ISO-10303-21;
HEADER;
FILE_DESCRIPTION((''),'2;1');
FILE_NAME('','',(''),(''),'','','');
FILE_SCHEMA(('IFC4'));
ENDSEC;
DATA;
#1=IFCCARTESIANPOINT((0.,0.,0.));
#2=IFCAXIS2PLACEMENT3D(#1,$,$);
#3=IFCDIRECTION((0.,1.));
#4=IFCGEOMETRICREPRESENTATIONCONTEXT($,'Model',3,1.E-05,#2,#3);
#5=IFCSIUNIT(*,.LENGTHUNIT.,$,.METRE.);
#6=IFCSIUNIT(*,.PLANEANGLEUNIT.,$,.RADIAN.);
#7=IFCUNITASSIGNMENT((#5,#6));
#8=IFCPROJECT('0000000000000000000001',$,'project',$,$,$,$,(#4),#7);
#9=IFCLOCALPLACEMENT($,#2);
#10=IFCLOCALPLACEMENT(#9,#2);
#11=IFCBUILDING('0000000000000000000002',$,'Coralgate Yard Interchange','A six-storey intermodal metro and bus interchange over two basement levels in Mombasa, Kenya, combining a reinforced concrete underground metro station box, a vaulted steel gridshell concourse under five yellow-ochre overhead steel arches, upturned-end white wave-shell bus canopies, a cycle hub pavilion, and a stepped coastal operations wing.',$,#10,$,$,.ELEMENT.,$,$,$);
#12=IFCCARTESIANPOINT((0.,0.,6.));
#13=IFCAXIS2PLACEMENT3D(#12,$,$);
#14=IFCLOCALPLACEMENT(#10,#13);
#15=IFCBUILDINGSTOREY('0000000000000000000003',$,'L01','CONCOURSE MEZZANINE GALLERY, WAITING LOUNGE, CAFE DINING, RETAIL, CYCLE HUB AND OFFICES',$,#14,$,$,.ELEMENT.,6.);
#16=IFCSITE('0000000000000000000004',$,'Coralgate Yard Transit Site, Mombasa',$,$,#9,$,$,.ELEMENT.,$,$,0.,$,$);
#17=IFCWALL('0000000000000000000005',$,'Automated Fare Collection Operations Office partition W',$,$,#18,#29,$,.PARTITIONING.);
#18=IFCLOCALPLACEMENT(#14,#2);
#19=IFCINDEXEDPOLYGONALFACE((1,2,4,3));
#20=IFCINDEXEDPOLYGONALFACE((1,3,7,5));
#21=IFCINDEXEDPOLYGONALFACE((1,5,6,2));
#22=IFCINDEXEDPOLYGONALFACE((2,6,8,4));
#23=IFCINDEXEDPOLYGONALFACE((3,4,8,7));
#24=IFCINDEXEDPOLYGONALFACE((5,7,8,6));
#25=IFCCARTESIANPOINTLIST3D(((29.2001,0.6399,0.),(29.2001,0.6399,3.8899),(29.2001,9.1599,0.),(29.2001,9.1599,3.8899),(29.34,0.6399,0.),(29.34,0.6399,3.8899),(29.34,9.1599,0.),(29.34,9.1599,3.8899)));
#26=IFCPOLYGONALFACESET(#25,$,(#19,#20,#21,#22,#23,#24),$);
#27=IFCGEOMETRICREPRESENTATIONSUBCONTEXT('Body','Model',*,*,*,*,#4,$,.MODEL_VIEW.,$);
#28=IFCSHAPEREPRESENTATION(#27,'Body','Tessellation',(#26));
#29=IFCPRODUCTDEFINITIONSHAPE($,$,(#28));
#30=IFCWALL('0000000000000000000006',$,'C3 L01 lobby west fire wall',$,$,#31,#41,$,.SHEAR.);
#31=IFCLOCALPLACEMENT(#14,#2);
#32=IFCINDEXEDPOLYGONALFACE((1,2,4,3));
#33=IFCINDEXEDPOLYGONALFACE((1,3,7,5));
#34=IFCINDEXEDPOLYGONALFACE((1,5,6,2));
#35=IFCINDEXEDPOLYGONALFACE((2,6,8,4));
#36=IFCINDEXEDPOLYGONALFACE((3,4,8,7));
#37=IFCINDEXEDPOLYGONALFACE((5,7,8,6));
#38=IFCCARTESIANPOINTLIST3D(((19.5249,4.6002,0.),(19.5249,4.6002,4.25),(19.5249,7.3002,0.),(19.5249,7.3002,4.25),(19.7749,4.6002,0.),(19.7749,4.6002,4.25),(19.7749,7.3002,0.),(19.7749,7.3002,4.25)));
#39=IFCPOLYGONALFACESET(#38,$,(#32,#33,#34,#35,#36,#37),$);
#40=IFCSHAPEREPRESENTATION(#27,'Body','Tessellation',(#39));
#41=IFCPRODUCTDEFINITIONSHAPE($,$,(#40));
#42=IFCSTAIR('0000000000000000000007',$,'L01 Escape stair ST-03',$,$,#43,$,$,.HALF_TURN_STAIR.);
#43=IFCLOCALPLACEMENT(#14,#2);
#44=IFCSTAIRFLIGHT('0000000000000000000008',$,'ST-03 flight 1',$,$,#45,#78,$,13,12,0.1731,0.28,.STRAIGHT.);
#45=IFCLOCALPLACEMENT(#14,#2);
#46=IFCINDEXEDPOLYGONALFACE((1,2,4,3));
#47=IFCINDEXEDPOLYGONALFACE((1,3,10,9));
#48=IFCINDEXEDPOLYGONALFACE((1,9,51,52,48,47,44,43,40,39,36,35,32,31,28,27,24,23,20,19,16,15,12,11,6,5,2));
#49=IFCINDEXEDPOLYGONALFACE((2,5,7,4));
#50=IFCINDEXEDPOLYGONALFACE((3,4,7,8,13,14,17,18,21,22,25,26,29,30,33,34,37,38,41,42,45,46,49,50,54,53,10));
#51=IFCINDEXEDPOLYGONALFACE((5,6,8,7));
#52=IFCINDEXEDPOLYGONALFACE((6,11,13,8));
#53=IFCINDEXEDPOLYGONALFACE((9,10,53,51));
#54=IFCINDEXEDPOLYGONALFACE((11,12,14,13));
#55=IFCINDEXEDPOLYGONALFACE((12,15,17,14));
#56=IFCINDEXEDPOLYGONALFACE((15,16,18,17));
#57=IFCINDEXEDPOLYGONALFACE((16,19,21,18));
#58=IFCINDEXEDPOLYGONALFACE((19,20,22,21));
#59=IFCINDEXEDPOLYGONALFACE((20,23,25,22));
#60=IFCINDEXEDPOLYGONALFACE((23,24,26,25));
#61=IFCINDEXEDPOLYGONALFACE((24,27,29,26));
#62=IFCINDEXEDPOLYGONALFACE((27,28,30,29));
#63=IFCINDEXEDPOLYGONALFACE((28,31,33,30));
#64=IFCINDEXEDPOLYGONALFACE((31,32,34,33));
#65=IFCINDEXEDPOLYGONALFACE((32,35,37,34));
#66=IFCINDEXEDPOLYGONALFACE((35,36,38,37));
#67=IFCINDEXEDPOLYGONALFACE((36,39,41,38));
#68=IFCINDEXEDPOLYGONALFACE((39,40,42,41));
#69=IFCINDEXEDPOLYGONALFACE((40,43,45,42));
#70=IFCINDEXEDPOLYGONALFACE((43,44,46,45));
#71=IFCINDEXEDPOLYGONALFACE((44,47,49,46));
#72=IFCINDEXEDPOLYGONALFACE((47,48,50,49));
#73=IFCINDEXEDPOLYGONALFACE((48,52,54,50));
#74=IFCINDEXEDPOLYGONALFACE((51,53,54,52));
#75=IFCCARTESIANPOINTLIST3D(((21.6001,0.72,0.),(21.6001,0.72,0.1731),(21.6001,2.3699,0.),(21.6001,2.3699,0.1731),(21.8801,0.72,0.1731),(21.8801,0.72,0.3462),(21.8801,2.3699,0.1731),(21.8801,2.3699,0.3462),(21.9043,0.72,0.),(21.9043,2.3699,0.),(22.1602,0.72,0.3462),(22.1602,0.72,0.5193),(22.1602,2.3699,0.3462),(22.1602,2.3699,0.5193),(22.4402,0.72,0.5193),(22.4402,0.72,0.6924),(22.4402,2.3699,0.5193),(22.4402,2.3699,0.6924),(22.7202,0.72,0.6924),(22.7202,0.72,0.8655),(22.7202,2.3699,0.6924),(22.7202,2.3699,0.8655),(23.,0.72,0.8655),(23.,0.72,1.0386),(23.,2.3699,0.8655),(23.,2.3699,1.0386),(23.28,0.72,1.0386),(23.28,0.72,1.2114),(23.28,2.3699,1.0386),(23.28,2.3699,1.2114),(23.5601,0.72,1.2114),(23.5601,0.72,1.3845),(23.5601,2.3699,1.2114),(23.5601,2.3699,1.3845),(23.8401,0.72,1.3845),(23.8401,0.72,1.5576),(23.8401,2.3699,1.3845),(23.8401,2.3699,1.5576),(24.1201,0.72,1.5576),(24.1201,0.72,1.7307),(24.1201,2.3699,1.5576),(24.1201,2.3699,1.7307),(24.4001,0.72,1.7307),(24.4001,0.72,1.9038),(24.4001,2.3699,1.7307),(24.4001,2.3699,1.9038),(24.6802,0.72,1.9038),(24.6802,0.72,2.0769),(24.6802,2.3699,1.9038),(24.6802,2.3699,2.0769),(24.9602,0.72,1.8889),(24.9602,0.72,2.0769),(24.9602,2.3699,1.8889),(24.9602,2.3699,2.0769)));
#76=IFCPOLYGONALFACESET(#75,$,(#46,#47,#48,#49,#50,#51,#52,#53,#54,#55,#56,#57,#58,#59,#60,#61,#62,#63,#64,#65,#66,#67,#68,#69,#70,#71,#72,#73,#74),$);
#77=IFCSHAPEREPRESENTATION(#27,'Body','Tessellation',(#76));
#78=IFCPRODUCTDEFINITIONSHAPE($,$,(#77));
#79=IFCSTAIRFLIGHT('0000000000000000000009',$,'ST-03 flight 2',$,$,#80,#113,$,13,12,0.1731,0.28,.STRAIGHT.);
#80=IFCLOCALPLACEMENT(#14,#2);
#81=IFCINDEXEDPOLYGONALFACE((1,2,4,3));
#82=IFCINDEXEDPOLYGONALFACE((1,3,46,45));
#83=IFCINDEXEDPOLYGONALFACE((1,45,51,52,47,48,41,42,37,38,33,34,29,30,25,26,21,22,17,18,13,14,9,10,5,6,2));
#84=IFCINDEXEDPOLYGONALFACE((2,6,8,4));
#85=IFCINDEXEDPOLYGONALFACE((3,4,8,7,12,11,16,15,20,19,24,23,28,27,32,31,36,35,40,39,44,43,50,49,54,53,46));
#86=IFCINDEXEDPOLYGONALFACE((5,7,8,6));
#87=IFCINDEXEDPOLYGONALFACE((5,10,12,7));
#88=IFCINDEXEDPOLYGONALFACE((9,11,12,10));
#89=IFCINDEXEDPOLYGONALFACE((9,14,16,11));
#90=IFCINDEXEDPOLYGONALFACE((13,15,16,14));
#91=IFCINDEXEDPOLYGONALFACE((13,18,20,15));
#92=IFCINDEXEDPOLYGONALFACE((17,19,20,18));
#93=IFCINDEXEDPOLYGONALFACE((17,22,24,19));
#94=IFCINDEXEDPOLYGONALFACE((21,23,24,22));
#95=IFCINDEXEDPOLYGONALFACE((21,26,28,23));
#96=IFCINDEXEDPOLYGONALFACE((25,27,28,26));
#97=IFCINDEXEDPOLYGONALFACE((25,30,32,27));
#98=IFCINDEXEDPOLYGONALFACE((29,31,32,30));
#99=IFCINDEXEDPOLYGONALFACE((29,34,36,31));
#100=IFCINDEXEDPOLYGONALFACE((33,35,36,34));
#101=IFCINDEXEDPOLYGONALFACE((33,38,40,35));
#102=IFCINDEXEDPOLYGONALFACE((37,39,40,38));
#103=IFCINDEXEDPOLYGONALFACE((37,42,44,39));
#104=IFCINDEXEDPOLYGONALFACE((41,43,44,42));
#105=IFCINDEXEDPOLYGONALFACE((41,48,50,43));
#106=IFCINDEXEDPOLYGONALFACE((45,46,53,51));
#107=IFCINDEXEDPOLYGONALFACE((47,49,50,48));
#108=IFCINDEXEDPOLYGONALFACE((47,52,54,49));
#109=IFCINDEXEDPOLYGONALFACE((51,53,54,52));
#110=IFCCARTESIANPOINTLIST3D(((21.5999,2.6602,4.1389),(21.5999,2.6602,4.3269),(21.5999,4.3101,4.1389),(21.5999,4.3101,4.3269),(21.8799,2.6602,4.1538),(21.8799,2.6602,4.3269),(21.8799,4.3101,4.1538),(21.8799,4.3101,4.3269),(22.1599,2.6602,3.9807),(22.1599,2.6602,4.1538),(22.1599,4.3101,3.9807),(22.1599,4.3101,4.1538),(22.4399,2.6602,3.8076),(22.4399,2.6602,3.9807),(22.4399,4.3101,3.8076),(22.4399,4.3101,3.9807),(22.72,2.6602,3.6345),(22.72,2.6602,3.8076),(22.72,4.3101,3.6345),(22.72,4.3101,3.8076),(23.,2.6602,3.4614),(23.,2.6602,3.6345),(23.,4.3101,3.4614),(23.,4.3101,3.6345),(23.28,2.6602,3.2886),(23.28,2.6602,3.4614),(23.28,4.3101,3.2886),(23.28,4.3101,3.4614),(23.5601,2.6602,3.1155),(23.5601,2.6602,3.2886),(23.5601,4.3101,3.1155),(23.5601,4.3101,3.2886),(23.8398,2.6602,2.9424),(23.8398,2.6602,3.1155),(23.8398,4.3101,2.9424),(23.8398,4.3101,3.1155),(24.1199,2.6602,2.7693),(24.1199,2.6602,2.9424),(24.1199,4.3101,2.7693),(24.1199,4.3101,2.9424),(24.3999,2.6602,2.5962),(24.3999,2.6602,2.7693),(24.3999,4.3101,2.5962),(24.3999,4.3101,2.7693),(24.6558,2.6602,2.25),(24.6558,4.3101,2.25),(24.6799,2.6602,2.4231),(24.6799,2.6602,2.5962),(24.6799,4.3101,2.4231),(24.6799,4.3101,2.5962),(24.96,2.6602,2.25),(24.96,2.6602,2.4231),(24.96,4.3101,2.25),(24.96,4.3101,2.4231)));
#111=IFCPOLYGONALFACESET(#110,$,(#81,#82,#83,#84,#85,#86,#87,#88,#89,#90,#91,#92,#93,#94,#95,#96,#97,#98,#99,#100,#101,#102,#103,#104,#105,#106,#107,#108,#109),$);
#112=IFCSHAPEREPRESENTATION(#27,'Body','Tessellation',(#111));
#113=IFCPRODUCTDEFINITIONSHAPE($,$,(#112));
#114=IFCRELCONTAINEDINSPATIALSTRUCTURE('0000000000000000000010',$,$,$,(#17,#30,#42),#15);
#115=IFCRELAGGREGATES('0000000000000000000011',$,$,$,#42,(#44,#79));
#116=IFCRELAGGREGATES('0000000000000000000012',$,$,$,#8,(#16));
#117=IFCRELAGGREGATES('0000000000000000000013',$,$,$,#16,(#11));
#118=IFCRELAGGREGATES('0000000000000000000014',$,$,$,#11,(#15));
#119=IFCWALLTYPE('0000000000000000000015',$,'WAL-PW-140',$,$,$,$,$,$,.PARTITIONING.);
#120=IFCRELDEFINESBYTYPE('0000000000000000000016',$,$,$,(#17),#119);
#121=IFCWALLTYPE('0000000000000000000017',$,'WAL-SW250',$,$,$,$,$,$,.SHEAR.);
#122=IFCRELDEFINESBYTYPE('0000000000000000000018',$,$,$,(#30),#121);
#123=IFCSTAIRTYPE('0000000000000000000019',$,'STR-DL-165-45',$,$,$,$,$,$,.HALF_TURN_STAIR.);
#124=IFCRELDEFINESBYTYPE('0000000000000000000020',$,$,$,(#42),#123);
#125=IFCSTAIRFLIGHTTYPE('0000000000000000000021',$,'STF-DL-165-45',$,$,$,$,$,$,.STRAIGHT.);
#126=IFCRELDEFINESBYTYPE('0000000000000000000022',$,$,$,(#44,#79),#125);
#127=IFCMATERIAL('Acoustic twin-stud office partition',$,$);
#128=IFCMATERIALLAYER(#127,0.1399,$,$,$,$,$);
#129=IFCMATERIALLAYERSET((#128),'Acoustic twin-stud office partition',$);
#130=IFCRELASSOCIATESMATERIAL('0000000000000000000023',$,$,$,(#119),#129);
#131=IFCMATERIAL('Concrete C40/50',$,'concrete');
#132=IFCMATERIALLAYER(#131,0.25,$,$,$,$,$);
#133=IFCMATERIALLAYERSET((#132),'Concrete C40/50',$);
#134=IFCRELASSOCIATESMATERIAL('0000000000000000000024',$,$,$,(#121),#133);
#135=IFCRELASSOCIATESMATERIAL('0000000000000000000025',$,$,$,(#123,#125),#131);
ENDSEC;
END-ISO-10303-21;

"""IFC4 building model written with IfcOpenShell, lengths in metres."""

from ifc_helpers import new_model, si_unit, direction, frame, frame_2d, origin, place, context, subcontext, project, spatial, polyline, rectangle, outline, extrude, material, layer, layer_set, type_object, element, aggregate, save


model = new_model("IFC4")

# Units and contexts
model_context = context("Model", 3, precision=1e-05, world=origin(), true_north=direction((0.0, 1.0)))
body_context = subcontext(model_context, "Body", "Model", "MODEL_VIEW")
ifc_project = project(units=[si_unit("LENGTHUNIT", "METRE"), si_unit("PLANEANGLEUNIT", "RADIAN")], contexts=[model_context])

# Site, building, storey
site_placement = place(None, origin())
site = spatial("IfcSite", under=ifc_project, at=site_placement, Name="Coralgate Yard Transit Site, Mombasa", CompositionType="ELEMENT", RefElevation=0.0)
building_placement = place(site_placement, origin())
building = spatial("IfcBuilding", under=site, at=building_placement, Name="Coralgate Yard Interchange", Description="A six-storey intermodal metro and bus interchange over two basement levels in Mombasa, Kenya, combining a reinforced concrete underground metro station box, a vaulted steel gridshell concourse under five yellow-ochre overhead steel arches, upturned-end white wave-shell bus canopies, a cycle hub pavilion, and a stepped coastal operations wing.", CompositionType="ELEMENT")
storey_placement = place(building_placement, frame((0.0, 0.0, 6.0)))
storey = spatial("IfcBuildingStorey", under=building, at=storey_placement, Name="L01", Description="CONCOURSE MEZZANINE GALLERY, WAITING LOUNGE, CAFE DINING, RETAIL, CYCLE HUB AND OFFICES", CompositionType="ELEMENT", Elevation=6.0)

# Shared definitions
ifc_material_1 = material(Name="Concrete C40/50", Category="concrete")

# Walls
ifc_material_2 = material(Name="Acoustic twin-stud office partition")
ifc_layer_1 = layer(ifc_material_2, 0.1399)
ifc_layer_set_1 = layer_set([ifc_layer_1], Name="Acoustic twin-stud office partition")
wall_type_1 = type_object("IfcWallType", Name="WAL-PW-140", PredefinedType="PARTITIONING", material=ifc_layer_set_1)
wall_1_placement = place(storey_placement, frame((29.27, 0.6399, 0.0), z_axis=(0.0, 0.0, 1.0), x_axis=(0.0, 1.0, 0.0)))
element("IfcWall", 1, at=wall_1_placement, inside=storey, type_object=wall_type_1, Name="Automated Fare Collection Operations Office partition W", PredefinedType="PARTITIONING", context=body_context, shape_type="SweptSolid", body=[
    extrude(rectangle(XDim=8.52, YDim=0.1399, at=frame_2d((4.26, 0.0))), origin(), (0.0, 0.0, 1.0), 3.8899),
])
ifc_layer_2 = layer(ifc_material_1, 0.25)
ifc_layer_set_2 = layer_set([ifc_layer_2], Name="Concrete C40/50")
wall_type_2 = type_object("IfcWallType", Name="WAL-SW250", PredefinedType="SHEAR", material=ifc_layer_set_2)
wall_2_placement = place(storey_placement, frame((19.6499, 4.6001, 0.0), z_axis=(0.0, 0.0, 1.0), x_axis=(0.0, 1.0, 0.0)))
element("IfcWall", 2, at=wall_2_placement, inside=storey, type_object=wall_type_2, Name="C3 L01 lobby west fire wall", PredefinedType="SHEAR", context=body_context, shape_type="SweptSolid", body=[
    extrude(rectangle(XDim=2.7, YDim=0.25, at=frame_2d((1.3501, 0.0))), origin(), (0.0, 0.0, 1.0), 4.25),
])

# Stair, stair flights
stair_type = type_object("IfcStairType", Name="STR-DL-165-45", PredefinedType="HALF_TURN_STAIR", material=ifc_material_1)
stair_placement = place(storey_placement, origin())
stair = element("IfcStair", 3, at=stair_placement, inside=storey, type_object=stair_type, Name="L01 Escape stair ST-03", PredefinedType="HALF_TURN_STAIR")
stair_flight_type = type_object("IfcStairFlightType", Name="STF-DL-165-45", PredefinedType="STRAIGHT", material=ifc_material_1)
stair_flight_1_placement = place(storey_placement, frame((21.6001, 1.5449, 0.0), z_axis=(0.0, 0.0, 1.0), x_axis=(1.0, 0.0, 0.0)))
stair_flight_1 = element("IfcStairFlight", 4, at=stair_flight_1_placement, type_object=stair_flight_type, Name="ST-03 flight 1", NumberOfRisers=13, NumberOfTreads=12, PredefinedType="STRAIGHT", RiserHeight=0.1731, TreadLength=0.28, context=body_context, shape_type="SweptSolid", body=[
    extrude(outline(polyline([(0.0, 0.0), (0.0, 0.1731), (0.28, 0.1731), (0.28, 0.3462), (0.5601, 0.3462), (0.5601, 0.5193), (0.8401, 0.5193), (0.8401, 0.6924), (1.1201, 0.6924), (1.1201, 0.8655), (1.3999, 0.8655), (1.3999, 1.0386), (1.6799, 1.0386), (1.6799, 1.2114), (1.96, 1.2114), (1.96, 1.3845), (2.24, 1.3845), (2.24, 1.5576), (2.52, 1.5576), (2.52, 1.7307), (2.8, 1.7307), (2.8, 1.9038), (3.0801, 1.9038), (3.0801, 2.0769), (3.3601, 2.0769), (3.3601, 2.25), (3.3601, 1.8889), (0.3042, 0.0), (0.0, 0.0)])), frame((0.0, 0.825, 0.0), z_axis=(0.0, -1.0, 0.0), x_axis=(1.0, 0.0, 0.0)), (0.0, 0.0, 1.0), 1.6499),
])
stair_flight_2_placement = place(storey_placement, frame((24.96, 3.4851, 2.25), z_axis=(0.0, 0.0, 1.0), x_axis=(-1.0, 0.0, 0.0)))
stair_flight_2 = element("IfcStairFlight", 5, at=stair_flight_2_placement, type_object=stair_flight_type, Name="ST-03 flight 2", NumberOfRisers=13, NumberOfTreads=12, PredefinedType="STRAIGHT", RiserHeight=0.1731, TreadLength=0.28, context=body_context, shape_type="SweptSolid", body=[
    extrude(outline(polyline([(0.0, 0.0), (0.0, 0.1731), (0.28, 0.1731), (0.28, 0.3462), (0.5601, 0.3462), (0.5601, 0.5193), (0.8401, 0.5193), (0.8401, 0.6924), (1.1201, 0.6924), (1.1201, 0.8655), (1.3999, 0.8655), (1.3999, 1.0386), (1.6799, 1.0386), (1.6799, 1.2114), (1.96, 1.2114), (1.96, 1.3845), (2.24, 1.3845), (2.24, 1.5576), (2.52, 1.5576), (2.52, 1.7307), (2.8, 1.7307), (2.8, 1.9038), (3.0801, 1.9038), (3.0801, 2.0769), (3.3601, 2.0769), (3.3601, 2.25), (3.3601, 1.8889), (0.3042, 0.0), (0.0, 0.0)])), frame((0.0, 0.825, 0.0), z_axis=(0.0, -1.0, 0.0), x_axis=(1.0, 0.0, 0.0)), (0.0, 0.0, 1.0), 1.6499),
])
aggregate(stair, [stair_flight_1, stair_flight_2])

save(model, "model.ifc")
